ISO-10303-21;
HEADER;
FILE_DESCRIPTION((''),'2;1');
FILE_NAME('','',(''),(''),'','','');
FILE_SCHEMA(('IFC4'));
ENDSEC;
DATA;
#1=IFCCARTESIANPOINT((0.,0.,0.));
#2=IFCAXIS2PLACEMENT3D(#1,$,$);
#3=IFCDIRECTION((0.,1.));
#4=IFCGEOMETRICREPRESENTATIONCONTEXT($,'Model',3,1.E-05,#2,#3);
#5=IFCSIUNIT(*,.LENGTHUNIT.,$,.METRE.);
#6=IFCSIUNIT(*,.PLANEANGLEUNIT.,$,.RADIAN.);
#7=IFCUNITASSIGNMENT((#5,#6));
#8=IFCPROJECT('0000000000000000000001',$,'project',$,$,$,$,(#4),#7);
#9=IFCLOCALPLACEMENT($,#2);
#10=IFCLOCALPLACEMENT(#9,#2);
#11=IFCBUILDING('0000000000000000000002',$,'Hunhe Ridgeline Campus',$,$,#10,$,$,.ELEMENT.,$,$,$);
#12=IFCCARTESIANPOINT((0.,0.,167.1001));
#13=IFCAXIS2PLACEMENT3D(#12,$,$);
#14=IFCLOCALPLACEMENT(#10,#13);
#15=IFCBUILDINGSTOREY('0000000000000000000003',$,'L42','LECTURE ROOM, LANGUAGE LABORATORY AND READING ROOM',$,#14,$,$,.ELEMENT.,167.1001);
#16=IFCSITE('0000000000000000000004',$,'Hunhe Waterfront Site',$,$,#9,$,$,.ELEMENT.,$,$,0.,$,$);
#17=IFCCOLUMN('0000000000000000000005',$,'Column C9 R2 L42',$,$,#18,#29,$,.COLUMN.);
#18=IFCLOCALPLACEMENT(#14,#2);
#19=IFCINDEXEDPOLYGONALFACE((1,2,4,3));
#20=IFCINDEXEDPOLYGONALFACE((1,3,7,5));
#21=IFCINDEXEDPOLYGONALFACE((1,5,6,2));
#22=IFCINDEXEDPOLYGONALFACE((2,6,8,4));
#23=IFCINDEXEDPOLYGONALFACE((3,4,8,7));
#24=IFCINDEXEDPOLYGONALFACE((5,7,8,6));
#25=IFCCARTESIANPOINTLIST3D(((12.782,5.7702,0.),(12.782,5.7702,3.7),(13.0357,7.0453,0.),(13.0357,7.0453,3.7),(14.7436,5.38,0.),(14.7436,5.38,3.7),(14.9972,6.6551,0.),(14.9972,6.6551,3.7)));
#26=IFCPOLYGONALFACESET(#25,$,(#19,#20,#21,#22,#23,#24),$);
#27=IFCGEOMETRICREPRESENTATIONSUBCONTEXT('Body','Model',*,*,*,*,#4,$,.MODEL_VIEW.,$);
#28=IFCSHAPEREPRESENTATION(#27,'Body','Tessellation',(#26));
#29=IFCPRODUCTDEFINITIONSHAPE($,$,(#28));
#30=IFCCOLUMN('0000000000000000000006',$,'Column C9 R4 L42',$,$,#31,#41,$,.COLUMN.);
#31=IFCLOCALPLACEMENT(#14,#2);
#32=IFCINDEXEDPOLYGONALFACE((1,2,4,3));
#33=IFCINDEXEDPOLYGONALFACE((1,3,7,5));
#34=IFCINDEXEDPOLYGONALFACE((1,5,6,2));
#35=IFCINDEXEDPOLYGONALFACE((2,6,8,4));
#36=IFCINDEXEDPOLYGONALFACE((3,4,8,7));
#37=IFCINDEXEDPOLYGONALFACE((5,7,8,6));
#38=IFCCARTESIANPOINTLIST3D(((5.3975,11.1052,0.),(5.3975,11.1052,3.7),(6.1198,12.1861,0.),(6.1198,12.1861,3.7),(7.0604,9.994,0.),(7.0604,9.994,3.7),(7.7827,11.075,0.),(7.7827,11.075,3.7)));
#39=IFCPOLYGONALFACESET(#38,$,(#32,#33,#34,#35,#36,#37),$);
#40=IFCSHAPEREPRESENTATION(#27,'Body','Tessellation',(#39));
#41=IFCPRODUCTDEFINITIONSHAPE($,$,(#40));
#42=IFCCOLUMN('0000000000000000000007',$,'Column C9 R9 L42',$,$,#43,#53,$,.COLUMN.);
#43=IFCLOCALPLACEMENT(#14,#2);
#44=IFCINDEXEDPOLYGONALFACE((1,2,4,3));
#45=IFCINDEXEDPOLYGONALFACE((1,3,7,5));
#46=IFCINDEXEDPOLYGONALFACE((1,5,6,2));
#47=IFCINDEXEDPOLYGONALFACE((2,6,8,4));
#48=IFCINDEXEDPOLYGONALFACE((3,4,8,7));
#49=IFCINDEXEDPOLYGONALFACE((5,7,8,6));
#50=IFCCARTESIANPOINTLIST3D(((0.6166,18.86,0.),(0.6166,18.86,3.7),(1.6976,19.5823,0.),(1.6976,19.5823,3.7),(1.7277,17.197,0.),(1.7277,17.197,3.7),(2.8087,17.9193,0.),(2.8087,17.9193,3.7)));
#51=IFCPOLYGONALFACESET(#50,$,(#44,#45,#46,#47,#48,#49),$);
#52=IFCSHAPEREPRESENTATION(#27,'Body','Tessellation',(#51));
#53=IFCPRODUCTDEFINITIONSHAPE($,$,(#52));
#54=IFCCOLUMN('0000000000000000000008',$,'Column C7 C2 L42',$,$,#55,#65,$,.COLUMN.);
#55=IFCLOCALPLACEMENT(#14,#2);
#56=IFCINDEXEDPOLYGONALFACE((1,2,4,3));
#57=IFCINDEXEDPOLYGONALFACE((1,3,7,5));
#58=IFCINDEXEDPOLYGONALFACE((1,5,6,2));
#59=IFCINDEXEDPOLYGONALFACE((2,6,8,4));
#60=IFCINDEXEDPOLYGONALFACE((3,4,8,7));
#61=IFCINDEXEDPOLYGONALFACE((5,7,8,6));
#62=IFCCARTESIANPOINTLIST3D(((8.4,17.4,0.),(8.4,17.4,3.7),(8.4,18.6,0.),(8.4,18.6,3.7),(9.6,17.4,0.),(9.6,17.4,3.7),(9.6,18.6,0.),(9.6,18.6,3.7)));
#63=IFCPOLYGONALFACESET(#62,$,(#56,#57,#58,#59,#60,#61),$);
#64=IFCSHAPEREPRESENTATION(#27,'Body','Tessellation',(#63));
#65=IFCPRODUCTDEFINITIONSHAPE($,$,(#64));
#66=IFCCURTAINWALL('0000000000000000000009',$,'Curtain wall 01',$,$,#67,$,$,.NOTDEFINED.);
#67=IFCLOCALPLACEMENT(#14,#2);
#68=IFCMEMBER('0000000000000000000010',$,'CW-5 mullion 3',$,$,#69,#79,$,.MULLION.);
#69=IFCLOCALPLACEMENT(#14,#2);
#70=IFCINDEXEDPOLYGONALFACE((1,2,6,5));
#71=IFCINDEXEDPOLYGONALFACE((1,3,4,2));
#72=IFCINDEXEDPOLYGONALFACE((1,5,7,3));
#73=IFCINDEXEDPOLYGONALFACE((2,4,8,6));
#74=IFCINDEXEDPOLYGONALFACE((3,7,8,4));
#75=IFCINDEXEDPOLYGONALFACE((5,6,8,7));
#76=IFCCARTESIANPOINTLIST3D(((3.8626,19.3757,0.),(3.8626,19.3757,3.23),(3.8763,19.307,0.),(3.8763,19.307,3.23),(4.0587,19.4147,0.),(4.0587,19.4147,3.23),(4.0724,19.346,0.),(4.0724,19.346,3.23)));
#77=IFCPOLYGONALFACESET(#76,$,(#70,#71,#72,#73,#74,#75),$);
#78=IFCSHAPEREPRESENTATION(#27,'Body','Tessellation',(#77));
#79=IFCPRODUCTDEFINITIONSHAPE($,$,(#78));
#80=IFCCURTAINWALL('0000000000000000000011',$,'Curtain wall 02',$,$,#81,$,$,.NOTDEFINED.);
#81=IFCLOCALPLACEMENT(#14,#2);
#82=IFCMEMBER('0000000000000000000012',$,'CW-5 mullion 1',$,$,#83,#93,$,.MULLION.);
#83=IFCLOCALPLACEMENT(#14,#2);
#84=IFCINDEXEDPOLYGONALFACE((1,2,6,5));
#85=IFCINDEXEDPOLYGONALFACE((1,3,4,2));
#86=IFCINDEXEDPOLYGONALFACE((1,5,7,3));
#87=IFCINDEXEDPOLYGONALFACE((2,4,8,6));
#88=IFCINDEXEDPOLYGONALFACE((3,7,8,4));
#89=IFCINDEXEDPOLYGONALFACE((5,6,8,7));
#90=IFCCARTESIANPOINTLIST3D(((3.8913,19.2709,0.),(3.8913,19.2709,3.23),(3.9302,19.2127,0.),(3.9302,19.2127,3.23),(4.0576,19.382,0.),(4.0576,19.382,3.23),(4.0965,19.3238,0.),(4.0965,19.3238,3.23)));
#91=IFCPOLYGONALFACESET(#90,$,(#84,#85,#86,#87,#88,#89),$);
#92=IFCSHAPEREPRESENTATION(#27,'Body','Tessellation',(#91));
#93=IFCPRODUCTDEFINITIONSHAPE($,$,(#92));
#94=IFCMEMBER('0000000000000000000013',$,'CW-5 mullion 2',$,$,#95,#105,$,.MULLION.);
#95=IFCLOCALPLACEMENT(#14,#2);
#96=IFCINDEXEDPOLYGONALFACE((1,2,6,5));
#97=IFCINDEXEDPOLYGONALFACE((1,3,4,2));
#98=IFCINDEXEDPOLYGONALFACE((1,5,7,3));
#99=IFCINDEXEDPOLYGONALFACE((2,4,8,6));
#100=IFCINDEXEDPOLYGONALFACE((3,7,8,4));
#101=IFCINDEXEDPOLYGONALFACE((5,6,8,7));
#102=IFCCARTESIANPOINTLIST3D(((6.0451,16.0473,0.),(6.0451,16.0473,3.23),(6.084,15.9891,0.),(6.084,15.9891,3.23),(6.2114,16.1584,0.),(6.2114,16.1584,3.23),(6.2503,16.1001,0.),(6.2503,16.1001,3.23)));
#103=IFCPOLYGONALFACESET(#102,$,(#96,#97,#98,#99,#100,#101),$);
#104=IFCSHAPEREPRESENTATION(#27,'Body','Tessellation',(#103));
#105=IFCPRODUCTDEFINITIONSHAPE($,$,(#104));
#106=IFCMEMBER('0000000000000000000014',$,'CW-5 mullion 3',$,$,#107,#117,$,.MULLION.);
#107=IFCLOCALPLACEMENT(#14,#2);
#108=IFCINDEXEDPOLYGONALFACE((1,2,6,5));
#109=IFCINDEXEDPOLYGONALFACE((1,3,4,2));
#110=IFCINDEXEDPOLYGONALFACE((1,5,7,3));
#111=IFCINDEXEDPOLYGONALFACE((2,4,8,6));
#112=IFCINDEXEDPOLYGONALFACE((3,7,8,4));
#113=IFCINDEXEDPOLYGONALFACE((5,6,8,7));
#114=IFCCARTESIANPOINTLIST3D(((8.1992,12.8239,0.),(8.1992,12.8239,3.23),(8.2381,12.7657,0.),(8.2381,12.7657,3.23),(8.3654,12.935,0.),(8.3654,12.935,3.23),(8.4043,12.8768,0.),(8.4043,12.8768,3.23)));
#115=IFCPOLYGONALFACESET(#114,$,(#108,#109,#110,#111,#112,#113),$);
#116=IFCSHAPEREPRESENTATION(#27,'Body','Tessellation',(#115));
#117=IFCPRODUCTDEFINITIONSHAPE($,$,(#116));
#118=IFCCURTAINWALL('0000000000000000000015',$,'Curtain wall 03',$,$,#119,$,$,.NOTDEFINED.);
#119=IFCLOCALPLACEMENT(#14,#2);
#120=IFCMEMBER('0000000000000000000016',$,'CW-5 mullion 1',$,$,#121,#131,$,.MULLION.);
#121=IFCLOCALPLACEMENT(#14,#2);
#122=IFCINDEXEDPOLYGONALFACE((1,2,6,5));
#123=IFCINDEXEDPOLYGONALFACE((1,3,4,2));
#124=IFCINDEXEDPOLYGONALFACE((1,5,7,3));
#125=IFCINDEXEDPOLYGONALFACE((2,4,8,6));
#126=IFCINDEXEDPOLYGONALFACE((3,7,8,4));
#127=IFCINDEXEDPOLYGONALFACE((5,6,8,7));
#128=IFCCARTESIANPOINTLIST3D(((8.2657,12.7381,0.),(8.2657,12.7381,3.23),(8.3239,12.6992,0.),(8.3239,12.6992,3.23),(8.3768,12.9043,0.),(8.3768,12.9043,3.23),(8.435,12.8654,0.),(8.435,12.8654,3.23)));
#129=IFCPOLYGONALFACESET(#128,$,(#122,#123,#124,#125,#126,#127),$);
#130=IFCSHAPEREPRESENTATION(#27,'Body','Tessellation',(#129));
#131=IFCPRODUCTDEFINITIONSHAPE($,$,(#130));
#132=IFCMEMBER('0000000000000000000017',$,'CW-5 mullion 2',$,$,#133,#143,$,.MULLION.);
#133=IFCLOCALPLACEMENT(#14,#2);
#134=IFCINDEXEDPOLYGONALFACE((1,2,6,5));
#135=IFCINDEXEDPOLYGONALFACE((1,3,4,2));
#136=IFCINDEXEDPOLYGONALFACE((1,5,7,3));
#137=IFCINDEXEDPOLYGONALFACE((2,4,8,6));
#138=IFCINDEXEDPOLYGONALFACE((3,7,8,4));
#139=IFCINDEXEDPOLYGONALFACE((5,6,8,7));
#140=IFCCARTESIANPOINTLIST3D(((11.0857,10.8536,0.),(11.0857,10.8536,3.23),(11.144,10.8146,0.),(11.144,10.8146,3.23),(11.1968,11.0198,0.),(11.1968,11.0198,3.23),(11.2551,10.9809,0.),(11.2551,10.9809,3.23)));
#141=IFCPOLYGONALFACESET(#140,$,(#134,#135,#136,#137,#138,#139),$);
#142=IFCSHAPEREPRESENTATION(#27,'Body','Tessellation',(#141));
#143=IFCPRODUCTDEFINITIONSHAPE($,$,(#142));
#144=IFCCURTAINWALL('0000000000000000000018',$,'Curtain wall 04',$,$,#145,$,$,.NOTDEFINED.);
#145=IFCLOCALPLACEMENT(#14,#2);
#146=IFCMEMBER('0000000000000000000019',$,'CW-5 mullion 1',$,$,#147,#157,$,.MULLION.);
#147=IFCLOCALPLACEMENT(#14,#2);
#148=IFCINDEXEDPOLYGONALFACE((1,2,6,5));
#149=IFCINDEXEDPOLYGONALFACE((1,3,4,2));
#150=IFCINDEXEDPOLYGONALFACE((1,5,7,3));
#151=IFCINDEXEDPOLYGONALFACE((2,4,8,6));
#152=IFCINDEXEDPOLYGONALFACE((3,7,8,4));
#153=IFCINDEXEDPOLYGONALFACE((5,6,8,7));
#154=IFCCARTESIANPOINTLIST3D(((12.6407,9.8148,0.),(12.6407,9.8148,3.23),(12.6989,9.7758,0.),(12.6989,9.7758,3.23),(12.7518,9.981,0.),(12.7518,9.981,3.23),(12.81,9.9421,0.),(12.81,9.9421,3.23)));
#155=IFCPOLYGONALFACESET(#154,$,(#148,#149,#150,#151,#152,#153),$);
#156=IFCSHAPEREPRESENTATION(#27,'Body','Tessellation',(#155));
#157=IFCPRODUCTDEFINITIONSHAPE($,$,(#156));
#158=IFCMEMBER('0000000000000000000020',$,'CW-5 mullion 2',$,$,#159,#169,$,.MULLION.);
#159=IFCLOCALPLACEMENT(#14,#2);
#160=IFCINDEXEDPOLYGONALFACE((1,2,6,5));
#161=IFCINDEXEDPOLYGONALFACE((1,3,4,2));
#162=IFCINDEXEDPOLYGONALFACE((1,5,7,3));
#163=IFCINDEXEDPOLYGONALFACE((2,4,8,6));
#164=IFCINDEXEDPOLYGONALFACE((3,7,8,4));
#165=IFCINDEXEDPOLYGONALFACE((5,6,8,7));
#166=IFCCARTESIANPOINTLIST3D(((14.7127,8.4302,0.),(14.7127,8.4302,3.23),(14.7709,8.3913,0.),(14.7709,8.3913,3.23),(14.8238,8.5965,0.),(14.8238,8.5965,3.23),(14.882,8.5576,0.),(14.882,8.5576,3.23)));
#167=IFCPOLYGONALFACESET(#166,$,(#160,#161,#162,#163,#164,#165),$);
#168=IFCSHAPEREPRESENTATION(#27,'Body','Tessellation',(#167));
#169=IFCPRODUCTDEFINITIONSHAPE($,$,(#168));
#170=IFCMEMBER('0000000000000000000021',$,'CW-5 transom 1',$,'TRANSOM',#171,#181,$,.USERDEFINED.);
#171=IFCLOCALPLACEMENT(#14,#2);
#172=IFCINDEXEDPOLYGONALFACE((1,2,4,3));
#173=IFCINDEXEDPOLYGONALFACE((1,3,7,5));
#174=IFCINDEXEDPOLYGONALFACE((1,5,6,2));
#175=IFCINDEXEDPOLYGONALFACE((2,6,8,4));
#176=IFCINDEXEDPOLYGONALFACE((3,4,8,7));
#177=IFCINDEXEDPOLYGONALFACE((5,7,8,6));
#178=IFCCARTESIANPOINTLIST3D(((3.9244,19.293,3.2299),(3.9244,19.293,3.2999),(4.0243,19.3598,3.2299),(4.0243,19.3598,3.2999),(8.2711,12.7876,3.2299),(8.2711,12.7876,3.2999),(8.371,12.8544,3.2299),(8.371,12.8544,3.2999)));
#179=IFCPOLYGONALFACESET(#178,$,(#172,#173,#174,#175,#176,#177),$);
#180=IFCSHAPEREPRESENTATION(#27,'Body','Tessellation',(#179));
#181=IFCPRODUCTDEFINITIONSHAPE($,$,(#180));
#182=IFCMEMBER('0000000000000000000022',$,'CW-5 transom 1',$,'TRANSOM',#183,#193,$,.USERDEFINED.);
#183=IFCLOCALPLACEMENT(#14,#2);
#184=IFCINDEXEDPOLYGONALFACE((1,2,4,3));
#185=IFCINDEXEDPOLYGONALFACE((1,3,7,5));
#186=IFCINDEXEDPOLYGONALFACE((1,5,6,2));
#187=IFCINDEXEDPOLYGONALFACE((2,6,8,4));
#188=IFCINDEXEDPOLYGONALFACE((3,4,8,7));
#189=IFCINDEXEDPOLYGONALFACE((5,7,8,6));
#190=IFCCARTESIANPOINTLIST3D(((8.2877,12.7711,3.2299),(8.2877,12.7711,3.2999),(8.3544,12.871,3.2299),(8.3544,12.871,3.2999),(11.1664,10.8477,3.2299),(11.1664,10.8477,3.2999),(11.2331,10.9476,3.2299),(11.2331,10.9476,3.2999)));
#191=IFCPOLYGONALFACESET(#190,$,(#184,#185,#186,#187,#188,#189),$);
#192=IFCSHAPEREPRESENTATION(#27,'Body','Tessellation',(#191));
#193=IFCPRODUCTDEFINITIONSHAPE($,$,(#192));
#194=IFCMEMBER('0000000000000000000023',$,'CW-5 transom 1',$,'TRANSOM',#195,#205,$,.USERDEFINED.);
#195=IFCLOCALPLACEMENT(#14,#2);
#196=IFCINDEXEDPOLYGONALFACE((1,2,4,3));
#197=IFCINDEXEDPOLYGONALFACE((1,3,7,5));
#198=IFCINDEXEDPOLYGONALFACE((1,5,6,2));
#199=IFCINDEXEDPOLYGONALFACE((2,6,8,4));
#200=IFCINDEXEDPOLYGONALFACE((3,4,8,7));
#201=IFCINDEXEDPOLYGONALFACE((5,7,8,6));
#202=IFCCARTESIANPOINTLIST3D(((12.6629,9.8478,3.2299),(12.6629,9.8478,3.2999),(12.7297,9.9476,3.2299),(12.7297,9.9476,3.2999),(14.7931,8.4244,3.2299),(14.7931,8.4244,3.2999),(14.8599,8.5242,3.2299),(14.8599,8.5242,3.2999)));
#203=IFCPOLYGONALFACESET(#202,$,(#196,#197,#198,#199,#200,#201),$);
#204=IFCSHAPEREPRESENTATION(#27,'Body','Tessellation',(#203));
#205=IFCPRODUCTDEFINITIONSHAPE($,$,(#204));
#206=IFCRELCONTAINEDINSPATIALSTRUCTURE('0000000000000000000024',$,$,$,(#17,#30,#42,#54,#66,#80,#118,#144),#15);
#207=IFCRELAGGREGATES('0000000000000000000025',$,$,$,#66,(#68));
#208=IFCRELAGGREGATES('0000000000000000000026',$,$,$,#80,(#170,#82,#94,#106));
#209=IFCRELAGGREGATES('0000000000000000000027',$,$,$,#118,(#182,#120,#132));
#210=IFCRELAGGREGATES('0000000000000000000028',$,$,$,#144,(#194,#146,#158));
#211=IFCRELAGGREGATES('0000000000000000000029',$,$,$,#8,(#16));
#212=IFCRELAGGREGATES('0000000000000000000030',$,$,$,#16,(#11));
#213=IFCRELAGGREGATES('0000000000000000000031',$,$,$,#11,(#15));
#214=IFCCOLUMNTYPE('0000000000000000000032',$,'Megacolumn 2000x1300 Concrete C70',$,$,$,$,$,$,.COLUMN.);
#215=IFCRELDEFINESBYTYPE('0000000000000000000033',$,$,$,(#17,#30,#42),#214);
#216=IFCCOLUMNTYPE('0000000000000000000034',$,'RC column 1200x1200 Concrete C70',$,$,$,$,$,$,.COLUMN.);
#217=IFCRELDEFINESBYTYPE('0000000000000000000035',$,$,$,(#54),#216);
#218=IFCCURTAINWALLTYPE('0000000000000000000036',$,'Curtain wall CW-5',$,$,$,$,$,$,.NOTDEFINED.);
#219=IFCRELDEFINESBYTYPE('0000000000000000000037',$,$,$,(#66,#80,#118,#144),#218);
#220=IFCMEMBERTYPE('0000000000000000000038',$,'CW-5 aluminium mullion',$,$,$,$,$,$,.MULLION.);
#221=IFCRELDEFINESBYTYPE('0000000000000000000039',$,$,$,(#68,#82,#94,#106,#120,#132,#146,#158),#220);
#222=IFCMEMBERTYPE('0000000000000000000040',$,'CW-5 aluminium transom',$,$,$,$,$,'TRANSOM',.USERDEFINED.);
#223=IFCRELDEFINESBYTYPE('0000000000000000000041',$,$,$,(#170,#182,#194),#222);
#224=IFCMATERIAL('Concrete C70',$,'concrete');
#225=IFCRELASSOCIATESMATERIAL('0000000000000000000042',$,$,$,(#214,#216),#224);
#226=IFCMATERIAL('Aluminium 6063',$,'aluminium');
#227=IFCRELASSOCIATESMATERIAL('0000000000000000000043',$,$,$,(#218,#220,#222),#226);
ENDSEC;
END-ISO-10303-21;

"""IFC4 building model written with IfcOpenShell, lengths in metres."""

from ifc_helpers import new_model, si_unit, direction, frame, origin, origin_2d, place, context, subcontext, project, spatial, rectangle, extrude, material, material_profile, profile_set, type_object, element, aggregate, save


model = new_model("IFC4")

# Units and contexts
model_context = context("Model", 3, precision=1e-05, world=origin(), true_north=direction((0.0, 1.0)))
body_context = subcontext(model_context, "Body", "Model", "MODEL_VIEW")
ifc_project = project(units=[si_unit("LENGTHUNIT", "METRE"), si_unit("PLANEANGLEUNIT", "RADIAN")], contexts=[model_context])

# Site, building, storey
site_placement = place(None, origin())
site = spatial("IfcSite", under=ifc_project, at=site_placement, Name="Hunhe Waterfront Site", CompositionType="ELEMENT", RefElevation=0.0)
building_placement = place(site_placement, origin())
building = spatial("IfcBuilding", under=site, at=building_placement, Name="Hunhe Ridgeline Campus", CompositionType="ELEMENT")
storey_placement = place(building_placement, frame((0.0, 0.0, 167.1001)))
storey = spatial("IfcBuildingStorey", under=building, at=storey_placement, Name="L42", Description="LECTURE ROOM, LANGUAGE LABORATORY AND READING ROOM", CompositionType="ELEMENT", Elevation=167.1001)

# Columns
ifc_material_1 = material(Name="Concrete C70", Category="concrete")
ifc_material_profile_1 = material_profile(ifc_material_1, rectangle(XDim=2.0, YDim=1.3, at=origin_2d()))
ifc_profile_set_1 = profile_set([ifc_material_profile_1], Name="Concrete C70")
column_type_1 = type_object("IfcColumnType", Name="Megacolumn 2000x1300 Concrete C70", PredefinedType="COLUMN", material=ifc_profile_set_1)
for number, where, z_axis, x_axis, name in (
    (1, (13.8896, 6.2126, 0.0), (0.0, 0.0, 1.0), (-0.980785, 0.19509, 0.0), "Column C9 R2 L42"),
    (2, (6.5901, 11.0901, 0.0), (0.0, 0.0, 1.0), (-0.83147, 0.55557, 0.0), "Column C9 R4 L42"),
    (3, (1.7126, 18.3896, 0.0), (0.0, 0.0, 1.0), (-0.55557, 0.83147, 0.0), "Column C9 R9 L42"),
):
    element("IfcColumn", number, at=place(storey_placement, frame(where, z_axis=z_axis, x_axis=x_axis)), inside=storey, type_object=column_type_1, Name=name, PredefinedType="COLUMN", context=body_context, shape_type="SweptSolid", body=[
        extrude(rectangle(XDim=2.0, YDim=1.3, at=origin_2d()), origin(), (0.0, 0.0, 1.0), 3.7),
    ])
ifc_material_profile_2 = material_profile(ifc_material_1, rectangle(XDim=1.2, YDim=1.2, at=origin_2d()))
ifc_profile_set_2 = profile_set([ifc_material_profile_2], Name="Concrete C70")
column_type_2 = type_object("IfcColumnType", Name="RC column 1200x1200 Concrete C70", PredefinedType="COLUMN", material=ifc_profile_set_2)
column_placement = place(storey_placement, frame((9.0, 18.0, 0.0), z_axis=(0.0, 0.0, 1.0), x_axis=(1.0, 0.0, 0.0)))
element("IfcColumn", 4, at=column_placement, inside=storey, type_object=column_type_2, Name="Column C7 C2 L42", PredefinedType="COLUMN", context=body_context, shape_type="SweptSolid", body=[
    extrude(rectangle(XDim=1.2, YDim=1.2, at=origin_2d()), origin(), (0.0, 0.0, 1.0), 3.7),
])

# Curtain wall, member
ifc_material_2 = material(Name="Aluminium 6063", Category="aluminium")
curtain_wall_type = type_object("IfcCurtainWallType", Name="Curtain wall CW-5", PredefinedType="NOTDEFINED", material=ifc_material_2)
curtain_wall_1_placement = place(storey_placement, origin())
curtain_wall_1 = element("IfcCurtainWall", 5, at=curtain_wall_1_placement, inside=storey, type_object=curtain_wall_type, Name="Curtain wall 01", PredefinedType="NOTDEFINED")
ifc_material_profile_3 = material_profile(ifc_material_2, rectangle(XDim=0.2, YDim=0.0701, at=origin_2d()))
ifc_profile_set_3 = profile_set([ifc_material_profile_3], Name="Aluminium 6063")
member_type_1 = type_object("IfcMemberType", Name="CW-5 aluminium mullion", PredefinedType="MULLION", material=ifc_profile_set_3)
member_1_placement = place(storey_placement, frame((3.9675, 19.3608, 0.0), z_axis=(0.0, 0.0, 1.0), x_axis=(0.980784, 0.195095, 0.0)))
member_1 = element("IfcMember", 6, at=member_1_placement, type_object=member_type_1, Name="CW-5 mullion 3", PredefinedType="MULLION", context=body_context, shape_type="SweptSolid", body=[
    extrude(rectangle(XDim=0.2, YDim=0.0701, at=origin_2d()), origin(), (0.0, 0.0, 1.0), 3.23),
])
aggregate(curtain_wall_1, [member_1])

# Curtain walls, members
curtain_wall_2_placement = place(storey_placement, origin())
curtain_wall_2 = element("IfcCurtainWall", 7, at=curtain_wall_2_placement, inside=storey, type_object=curtain_wall_type, Name="Curtain wall 02", PredefinedType="NOTDEFINED")
member_2_placement = place(storey_placement, frame((3.9939, 19.2974, 0.0), z_axis=(0.0, 0.0, 1.0), x_axis=(0.83147, 0.55557, 0.0)))
member_2 = element("IfcMember", 8, at=member_2_placement, type_object=member_type_1, Name="CW-5 mullion 1", PredefinedType="MULLION", context=body_context, shape_type="SweptSolid", body=[
    extrude(rectangle(XDim=0.2, YDim=0.0701, at=origin_2d()), origin(), (0.0, 0.0, 1.0), 3.23),
])
member_3_placement = place(storey_placement, frame((6.1477, 16.0737, 0.0), z_axis=(0.0, 0.0, 1.0), x_axis=(0.83147, 0.55557, 0.0)))
member_3 = element("IfcMember", 9, at=member_3_placement, type_object=member_type_1, Name="CW-5 mullion 2", PredefinedType="MULLION", context=body_context, shape_type="SweptSolid", body=[
    extrude(rectangle(XDim=0.2, YDim=0.0701, at=origin_2d()), origin(), (0.0, 0.0, 1.0), 3.23),
])
member_4_placement = place(storey_placement, frame((8.3018, 12.8503, 0.0), z_axis=(0.0, 0.0, 1.0), x_axis=(0.83147, 0.55557, 0.0)))
member_4 = element("IfcMember", 10, at=member_4_placement, type_object=member_type_1, Name="CW-5 mullion 3", PredefinedType="MULLION", context=body_context, shape_type="SweptSolid", body=[
    extrude(rectangle(XDim=0.2, YDim=0.0701, at=origin_2d()), origin(), (0.0, 0.0, 1.0), 3.23),
])
curtain_wall_3_placement = place(storey_placement, origin())
curtain_wall_3 = element("IfcCurtainWall", 11, at=curtain_wall_3_placement, inside=storey, type_object=curtain_wall_type, Name="Curtain wall 03", PredefinedType="NOTDEFINED")
member_5_placement = place(storey_placement, frame((8.3503, 12.8018, 0.0), z_axis=(0.0, 0.0, 1.0), x_axis=(0.55557, 0.83147, 0.0)))
member_5 = element("IfcMember", 12, at=member_5_placement, type_object=member_type_1, Name="CW-5 mullion 1", PredefinedType="MULLION", context=body_context, shape_type="SweptSolid", body=[
    extrude(rectangle(XDim=0.2, YDim=0.0701, at=origin_2d()), origin(), (0.0, 0.0, 1.0), 3.23),
])
member_6_placement = place(storey_placement, frame((11.1704, 10.9172, 0.0), z_axis=(0.0, 0.0, 1.0), x_axis=(0.55557, 0.83147, 0.0)))
member_6 = element("IfcMember", 13, at=member_6_placement, type_object=member_type_1, Name="CW-5 mullion 2", PredefinedType="MULLION", context=body_context, shape_type="SweptSolid", body=[
    extrude(rectangle(XDim=0.2, YDim=0.0701, at=origin_2d()), origin(), (0.0, 0.0, 1.0), 3.23),
])
curtain_wall_4_placement = place(storey_placement, origin())
curtain_wall_4 = element("IfcCurtainWall", 14, at=curtain_wall_4_placement, inside=storey, type_object=curtain_wall_type, Name="Curtain wall 04", PredefinedType="NOTDEFINED")
member_7_placement = place(storey_placement, frame((12.7253, 9.8784, 0.0), z_axis=(0.0, 0.0, 1.0), x_axis=(0.55557, 0.83147, 0.0)))
member_7 = element("IfcMember", 15, at=member_7_placement, type_object=member_type_1, Name="CW-5 mullion 1", PredefinedType="MULLION", context=body_context, shape_type="SweptSolid", body=[
    extrude(rectangle(XDim=0.2, YDim=0.0701, at=origin_2d()), origin(), (0.0, 0.0, 1.0), 3.23),
])
member_8_placement = place(storey_placement, frame((14.7974, 8.4939, 0.0), z_axis=(0.0, 0.0, 1.0), x_axis=(0.55557, 0.83147, 0.0)))
member_8 = element("IfcMember", 16, at=member_8_placement, type_object=member_type_1, Name="CW-5 mullion 2", PredefinedType="MULLION", context=body_context, shape_type="SweptSolid", body=[
    extrude(rectangle(XDim=0.2, YDim=0.0701, at=origin_2d()), origin(), (0.0, 0.0, 1.0), 3.23),
])

# Members
ifc_material_profile_4 = material_profile(ifc_material_2, rectangle(XDim=0.1201, YDim=0.0701, at=origin_2d()))
ifc_profile_set_4 = profile_set([ifc_material_profile_4], Name="Aluminium 6063")
member_type_2 = type_object("IfcMemberType", Name="CW-5 aluminium transom", ElementType="TRANSOM", PredefinedType="USERDEFINED", material=ifc_profile_set_4)
member_9_placement = place(storey_placement, frame((3.9744, 19.3264, 3.2649), z_axis=(0.555564, -0.831474, 0.0), x_axis=(0.831474, 0.555564, 0.0)))
member_9 = element("IfcMember", 17, at=member_9_placement, type_object=member_type_2, Name="CW-5 transom 1", ObjectType="TRANSOM", PredefinedType="USERDEFINED", context=body_context, shape_type="SweptSolid", body=[
    extrude(rectangle(XDim=0.1201, YDim=0.0701, at=origin_2d()), origin(), (0.0, 0.0, 1.0), 7.824),
])
member_10_placement = place(storey_placement, frame((8.321, 12.821, 3.2649), z_axis=(0.831486, -0.555546, 0.0), x_axis=(0.555546, 0.831486, 0.0)))
member_10 = element("IfcMember", 18, at=member_10_placement, type_object=member_type_2, Name="CW-5 transom 1", ObjectType="TRANSOM", PredefinedType="USERDEFINED", context=body_context, shape_type="SweptSolid", body=[
    extrude(rectangle(XDim=0.1201, YDim=0.0701, at=origin_2d()), origin(), (0.0, 0.0, 1.0), 3.4622),
])
member_11_placement = place(storey_placement, frame((12.6963, 9.8977, 3.2649), z_axis=(0.831463, -0.55558, 0.0), x_axis=(0.55558, 0.831463, 0.0)))
member_11 = element("IfcMember", 19, at=member_11_placement, type_object=member_type_2, Name="CW-5 transom 1", ObjectType="TRANSOM", PredefinedType="USERDEFINED", context=body_context, shape_type="SweptSolid", body=[
    extrude(rectangle(XDim=0.1201, YDim=0.0701, at=origin_2d()), origin(), (0.0, 0.0, 1.0), 2.562),
])

aggregate(curtain_wall_2, [member_9, member_2, member_3, member_4])
aggregate(curtain_wall_3, [member_10, member_5, member_6])
aggregate(curtain_wall_4, [member_11, member_7, member_8])

save(model, "model.ifc")
